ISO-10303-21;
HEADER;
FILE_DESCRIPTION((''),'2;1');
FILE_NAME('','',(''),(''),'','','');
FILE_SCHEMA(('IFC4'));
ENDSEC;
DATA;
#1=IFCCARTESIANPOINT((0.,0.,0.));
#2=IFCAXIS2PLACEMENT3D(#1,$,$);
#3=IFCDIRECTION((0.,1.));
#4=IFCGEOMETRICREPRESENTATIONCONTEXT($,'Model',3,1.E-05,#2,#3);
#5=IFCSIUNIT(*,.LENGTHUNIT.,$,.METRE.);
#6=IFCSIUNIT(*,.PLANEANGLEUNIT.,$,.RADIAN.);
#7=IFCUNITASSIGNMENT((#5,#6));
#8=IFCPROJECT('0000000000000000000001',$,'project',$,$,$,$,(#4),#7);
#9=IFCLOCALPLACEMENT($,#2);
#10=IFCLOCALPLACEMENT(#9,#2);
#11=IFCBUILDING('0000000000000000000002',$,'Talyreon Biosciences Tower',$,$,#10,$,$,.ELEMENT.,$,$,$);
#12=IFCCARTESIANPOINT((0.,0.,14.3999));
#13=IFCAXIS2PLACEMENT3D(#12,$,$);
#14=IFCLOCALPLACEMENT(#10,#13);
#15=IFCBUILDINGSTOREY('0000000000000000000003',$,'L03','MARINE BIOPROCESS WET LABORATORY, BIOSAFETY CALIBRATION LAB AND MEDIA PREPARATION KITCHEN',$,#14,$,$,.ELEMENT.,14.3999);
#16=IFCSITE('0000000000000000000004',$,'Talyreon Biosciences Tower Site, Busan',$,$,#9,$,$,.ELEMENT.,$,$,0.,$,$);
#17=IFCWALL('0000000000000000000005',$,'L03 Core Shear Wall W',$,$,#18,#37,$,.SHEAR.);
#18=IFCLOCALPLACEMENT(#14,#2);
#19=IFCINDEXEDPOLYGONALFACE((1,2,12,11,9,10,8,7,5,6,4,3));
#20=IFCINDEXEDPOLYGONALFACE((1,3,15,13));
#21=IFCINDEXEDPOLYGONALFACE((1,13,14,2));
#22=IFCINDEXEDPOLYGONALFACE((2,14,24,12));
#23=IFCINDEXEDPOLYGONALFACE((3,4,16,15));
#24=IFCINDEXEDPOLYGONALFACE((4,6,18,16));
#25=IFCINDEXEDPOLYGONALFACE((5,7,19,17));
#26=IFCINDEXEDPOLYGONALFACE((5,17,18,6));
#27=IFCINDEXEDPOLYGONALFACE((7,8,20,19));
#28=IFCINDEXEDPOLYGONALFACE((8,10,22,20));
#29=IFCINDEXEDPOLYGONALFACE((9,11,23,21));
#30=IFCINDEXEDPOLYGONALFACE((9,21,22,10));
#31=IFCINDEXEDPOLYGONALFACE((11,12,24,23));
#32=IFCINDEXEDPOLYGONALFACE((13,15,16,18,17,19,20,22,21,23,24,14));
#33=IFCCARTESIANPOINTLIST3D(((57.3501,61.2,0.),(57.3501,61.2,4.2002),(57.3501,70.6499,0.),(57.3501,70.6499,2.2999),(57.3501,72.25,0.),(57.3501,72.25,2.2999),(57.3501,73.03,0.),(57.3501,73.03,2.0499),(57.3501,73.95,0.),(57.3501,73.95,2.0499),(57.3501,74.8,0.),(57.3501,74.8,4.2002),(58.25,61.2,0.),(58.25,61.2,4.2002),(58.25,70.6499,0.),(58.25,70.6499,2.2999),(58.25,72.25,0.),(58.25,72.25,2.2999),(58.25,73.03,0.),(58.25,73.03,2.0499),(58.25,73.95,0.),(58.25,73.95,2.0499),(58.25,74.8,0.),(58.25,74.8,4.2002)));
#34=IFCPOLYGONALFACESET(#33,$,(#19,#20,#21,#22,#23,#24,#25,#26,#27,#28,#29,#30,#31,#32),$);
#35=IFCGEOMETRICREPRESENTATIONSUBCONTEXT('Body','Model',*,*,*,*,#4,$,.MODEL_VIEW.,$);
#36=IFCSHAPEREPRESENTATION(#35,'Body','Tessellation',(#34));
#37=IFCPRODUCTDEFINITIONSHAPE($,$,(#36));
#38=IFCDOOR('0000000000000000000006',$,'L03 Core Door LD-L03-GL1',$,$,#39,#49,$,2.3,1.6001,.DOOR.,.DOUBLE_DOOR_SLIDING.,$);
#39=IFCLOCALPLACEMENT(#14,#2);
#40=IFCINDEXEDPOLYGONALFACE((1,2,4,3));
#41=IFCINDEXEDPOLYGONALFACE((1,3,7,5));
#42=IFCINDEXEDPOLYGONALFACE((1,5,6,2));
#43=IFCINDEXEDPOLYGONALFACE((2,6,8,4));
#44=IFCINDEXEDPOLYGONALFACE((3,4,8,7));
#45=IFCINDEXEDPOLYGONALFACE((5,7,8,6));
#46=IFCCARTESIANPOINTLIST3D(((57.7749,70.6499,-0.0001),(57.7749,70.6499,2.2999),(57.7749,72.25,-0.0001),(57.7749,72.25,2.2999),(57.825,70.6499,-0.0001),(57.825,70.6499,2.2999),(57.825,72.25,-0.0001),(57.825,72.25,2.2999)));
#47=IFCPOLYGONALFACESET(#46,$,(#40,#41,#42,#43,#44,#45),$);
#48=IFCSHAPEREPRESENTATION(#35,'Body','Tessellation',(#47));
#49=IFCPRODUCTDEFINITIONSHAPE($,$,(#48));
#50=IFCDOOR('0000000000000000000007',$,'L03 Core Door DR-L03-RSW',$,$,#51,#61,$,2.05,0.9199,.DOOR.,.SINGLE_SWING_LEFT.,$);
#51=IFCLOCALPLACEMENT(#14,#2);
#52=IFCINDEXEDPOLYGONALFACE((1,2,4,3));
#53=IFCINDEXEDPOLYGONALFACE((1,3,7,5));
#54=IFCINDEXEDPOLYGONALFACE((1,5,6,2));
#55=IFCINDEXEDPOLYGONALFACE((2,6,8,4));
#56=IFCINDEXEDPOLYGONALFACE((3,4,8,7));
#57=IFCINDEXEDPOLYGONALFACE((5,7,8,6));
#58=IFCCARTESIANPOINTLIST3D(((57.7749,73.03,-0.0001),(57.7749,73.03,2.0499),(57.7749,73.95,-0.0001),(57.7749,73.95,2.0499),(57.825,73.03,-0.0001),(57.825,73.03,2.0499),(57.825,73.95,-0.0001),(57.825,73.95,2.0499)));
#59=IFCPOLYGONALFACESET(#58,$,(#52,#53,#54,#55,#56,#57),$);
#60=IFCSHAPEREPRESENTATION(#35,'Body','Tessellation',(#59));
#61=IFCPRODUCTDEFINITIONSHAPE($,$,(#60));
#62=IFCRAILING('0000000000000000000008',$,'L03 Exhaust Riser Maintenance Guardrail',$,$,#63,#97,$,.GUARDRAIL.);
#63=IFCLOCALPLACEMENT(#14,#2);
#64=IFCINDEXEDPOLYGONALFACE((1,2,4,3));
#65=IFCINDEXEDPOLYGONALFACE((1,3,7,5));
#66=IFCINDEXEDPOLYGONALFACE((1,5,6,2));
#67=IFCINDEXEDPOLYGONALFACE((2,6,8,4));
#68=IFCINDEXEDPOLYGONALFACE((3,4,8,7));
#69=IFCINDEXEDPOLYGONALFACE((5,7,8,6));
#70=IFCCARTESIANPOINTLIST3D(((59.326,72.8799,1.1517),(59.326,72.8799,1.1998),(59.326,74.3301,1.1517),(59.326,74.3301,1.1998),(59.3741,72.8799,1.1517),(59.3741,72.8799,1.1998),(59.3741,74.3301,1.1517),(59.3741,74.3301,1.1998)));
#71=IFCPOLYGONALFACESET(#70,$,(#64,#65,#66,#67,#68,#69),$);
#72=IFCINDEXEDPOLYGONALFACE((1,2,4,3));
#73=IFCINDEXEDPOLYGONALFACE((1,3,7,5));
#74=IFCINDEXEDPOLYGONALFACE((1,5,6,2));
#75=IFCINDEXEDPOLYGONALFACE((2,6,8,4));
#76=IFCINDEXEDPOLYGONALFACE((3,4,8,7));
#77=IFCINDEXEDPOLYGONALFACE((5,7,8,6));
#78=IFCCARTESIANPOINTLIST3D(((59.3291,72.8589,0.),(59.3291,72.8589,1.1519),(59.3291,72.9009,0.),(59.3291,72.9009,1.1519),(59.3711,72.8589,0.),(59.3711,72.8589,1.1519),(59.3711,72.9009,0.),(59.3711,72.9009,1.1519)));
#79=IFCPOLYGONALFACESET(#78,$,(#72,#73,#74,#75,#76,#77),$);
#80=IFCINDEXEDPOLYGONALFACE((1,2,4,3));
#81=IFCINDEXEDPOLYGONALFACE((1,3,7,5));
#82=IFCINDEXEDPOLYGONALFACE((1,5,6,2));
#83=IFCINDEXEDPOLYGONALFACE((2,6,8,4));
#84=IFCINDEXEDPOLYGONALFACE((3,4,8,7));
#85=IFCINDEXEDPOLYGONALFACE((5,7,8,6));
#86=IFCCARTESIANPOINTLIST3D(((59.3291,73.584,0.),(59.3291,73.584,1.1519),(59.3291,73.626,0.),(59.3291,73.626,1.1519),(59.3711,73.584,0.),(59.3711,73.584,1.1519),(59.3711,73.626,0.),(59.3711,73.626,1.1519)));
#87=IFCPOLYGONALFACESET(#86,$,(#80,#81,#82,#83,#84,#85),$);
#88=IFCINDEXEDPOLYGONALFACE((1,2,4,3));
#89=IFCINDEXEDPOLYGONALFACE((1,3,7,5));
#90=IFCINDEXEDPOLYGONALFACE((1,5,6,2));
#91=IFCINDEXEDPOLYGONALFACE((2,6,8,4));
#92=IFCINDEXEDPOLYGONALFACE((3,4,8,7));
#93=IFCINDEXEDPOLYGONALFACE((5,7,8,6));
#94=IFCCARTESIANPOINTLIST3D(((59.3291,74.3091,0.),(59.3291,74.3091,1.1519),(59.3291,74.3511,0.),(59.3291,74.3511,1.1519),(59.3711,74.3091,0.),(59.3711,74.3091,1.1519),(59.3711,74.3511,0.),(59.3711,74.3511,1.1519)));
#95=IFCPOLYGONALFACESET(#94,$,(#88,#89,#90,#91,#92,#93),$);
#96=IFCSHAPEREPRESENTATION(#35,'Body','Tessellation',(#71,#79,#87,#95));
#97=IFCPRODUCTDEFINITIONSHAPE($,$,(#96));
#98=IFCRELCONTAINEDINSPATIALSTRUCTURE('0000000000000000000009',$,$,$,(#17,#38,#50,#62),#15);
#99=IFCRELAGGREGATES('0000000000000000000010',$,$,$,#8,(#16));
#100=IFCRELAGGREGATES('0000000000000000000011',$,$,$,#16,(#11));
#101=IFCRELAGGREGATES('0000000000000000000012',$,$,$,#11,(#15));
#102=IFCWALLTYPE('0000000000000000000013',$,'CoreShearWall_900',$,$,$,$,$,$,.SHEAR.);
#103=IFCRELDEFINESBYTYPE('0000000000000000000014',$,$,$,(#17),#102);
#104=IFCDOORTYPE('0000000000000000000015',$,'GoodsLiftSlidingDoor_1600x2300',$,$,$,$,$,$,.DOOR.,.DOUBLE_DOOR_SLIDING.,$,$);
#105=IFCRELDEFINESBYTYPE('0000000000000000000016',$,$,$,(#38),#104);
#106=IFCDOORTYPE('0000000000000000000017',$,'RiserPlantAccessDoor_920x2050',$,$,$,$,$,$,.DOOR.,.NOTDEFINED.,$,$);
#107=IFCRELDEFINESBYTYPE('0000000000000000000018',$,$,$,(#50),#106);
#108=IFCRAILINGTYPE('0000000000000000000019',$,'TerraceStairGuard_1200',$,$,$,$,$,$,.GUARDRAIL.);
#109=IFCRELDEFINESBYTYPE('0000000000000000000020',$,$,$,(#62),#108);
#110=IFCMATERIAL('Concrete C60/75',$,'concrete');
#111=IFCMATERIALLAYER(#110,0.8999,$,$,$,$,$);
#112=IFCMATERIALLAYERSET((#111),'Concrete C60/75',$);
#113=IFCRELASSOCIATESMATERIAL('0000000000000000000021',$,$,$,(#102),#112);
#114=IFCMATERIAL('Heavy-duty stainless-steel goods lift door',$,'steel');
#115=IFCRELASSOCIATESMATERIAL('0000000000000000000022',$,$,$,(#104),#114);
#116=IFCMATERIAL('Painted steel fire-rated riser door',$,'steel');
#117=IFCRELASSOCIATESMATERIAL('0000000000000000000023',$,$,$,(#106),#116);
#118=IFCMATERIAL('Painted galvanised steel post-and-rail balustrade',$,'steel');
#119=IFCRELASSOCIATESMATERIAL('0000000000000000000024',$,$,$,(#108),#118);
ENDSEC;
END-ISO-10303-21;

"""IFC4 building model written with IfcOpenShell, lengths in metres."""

from ifc_helpers import new_model, si_unit, direction, frame, frame_2d, origin, origin_2d, place, context, subcontext, project, spatial, rectangle, extrude, material, layer, layer_set, type_object, element, fill, save


model = new_model("IFC4")

# Units and contexts
model_context = context("Model", 3, precision=1e-05, world=origin(), true_north=direction((0.0, 1.0)))
body_context = subcontext(model_context, "Body", "Model", "MODEL_VIEW")
ifc_project = project(units=[si_unit("LENGTHUNIT", "METRE"), si_unit("PLANEANGLEUNIT", "RADIAN")], contexts=[model_context])

# Site, building, storey
site_placement = place(None, origin())
site = spatial("IfcSite", under=ifc_project, at=site_placement, Name="Talyreon Biosciences Tower Site, Busan", CompositionType="ELEMENT", RefElevation=0.0)
building_placement = place(site_placement, origin())
building = spatial("IfcBuilding", under=site, at=building_placement, Name="Talyreon Biosciences Tower", CompositionType="ELEMENT")
storey_placement = place(building_placement, frame((0.0, 0.0, 14.3999)))
storey = spatial("IfcBuildingStorey", under=building, at=storey_placement, Name="L03", Description="MARINE BIOPROCESS WET LABORATORY, BIOSAFETY CALIBRATION LAB AND MEDIA PREPARATION KITCHEN", CompositionType="ELEMENT", Elevation=14.3999)

# Shared definitions
ifc_material_1 = material(Name="Concrete C60/75", Category="concrete")

# Wall, openings, doors
ifc_layer = layer(ifc_material_1, 0.8999)
ifc_layer_set = layer_set([ifc_layer], Name="Concrete C60/75")
wall_type = type_object("IfcWallType", Name="CoreShearWall_900", PredefinedType="SHEAR", material=ifc_layer_set)
wall_placement = place(storey_placement, frame((57.8, 74.8, 0.0), z_axis=(0.0, 0.0, 1.0), x_axis=(0.0, -1.0, 0.0)))
wall = element("IfcWall", 1, at=wall_placement, inside=storey, type_object=wall_type, Name="L03 Core Shear Wall W", PredefinedType="SHEAR", context=body_context, shape_type="SweptSolid", body=[
    extrude(rectangle(XDim=13.6001, YDim=0.8999, at=frame_2d((6.8, 0.0))), origin(), (0.0, 0.0, 1.0), 4.2002),
])
opening_1_placement = place(wall_placement, frame((0.8501, 0.0, 0.0)))
opening_1 = element("IfcOpeningElement", 2, at=opening_1_placement, cuts=wall, PredefinedType="OPENING", context=body_context, shape_type="SweptSolid", body=[
    extrude(rectangle(XDim=0.9199, YDim=2.05, at=frame_2d((0.46, 1.0249))), frame((0.0, 0.46, 0.0), z_axis=(0.0, -1.0, 0.0), x_axis=(1.0, 0.0, 0.0)), (0.0, 0.0, 1.0), 0.9199),
])
opening_2_placement = place(wall_placement, frame((2.55, 0.0, 0.0)))
opening_2 = element("IfcOpeningElement", 3, at=opening_2_placement, cuts=wall, PredefinedType="OPENING", context=body_context, shape_type="SweptSolid", body=[
    extrude(rectangle(XDim=1.6001, YDim=2.3, at=frame_2d((0.8, 1.1499))), frame((0.0, 0.46, 0.0), z_axis=(0.0, -1.0, 0.0), x_axis=(1.0, 0.0, 0.0)), (0.0, 0.0, 1.0), 0.9199),
])
ifc_material_2 = material(Name="Heavy-duty stainless-steel goods lift door", Category="steel")
door_type_1 = type_object("IfcDoorType", Name="GoodsLiftSlidingDoor_1600x2300", OperationType="DOUBLE_DOOR_SLIDING", PredefinedType="DOOR", material=ifc_material_2)
door_1_placement = place(opening_2_placement, origin())
door_1 = element("IfcDoor", 4, at=door_1_placement, inside=storey, type_object=door_type_1, Name="L03 Core Door LD-L03-GL1", OperationType="DOUBLE_DOOR_SLIDING", OverallHeight=2.3, OverallWidth=1.6001, PredefinedType="DOOR", context=body_context, shape_type="SweptSolid", body=[
    extrude(rectangle(XDim=1.6001, YDim=2.3, at=frame_2d((0.8, 1.1499))), frame((0.0, 0.0249, 0.0), z_axis=(0.0, -1.0, 0.0), x_axis=(1.0, 0.0, 0.0)), (0.0, 0.0, 1.0), 0.05),
])
fill(opening_2, door_1)
ifc_material_3 = material(Name="Painted steel fire-rated riser door", Category="steel")
door_type_2 = type_object("IfcDoorType", Name="RiserPlantAccessDoor_920x2050", OperationType="NOTDEFINED", PredefinedType="DOOR", material=ifc_material_3)
door_2_placement = place(opening_1_placement, origin())
door_2 = element("IfcDoor", 5, at=door_2_placement, inside=storey, type_object=door_type_2, Name="L03 Core Door DR-L03-RSW", OperationType="SINGLE_SWING_LEFT", OverallHeight=2.05, OverallWidth=0.9199, PredefinedType="DOOR", context=body_context, shape_type="SweptSolid", body=[
    extrude(rectangle(XDim=0.9199, YDim=2.05, at=frame_2d((0.46, 1.0249))), frame((0.0, 0.0249, 0.0), z_axis=(0.0, -1.0, 0.0), x_axis=(1.0, 0.0, 0.0)), (0.0, 0.0, 1.0), 0.05),
])
fill(opening_1, door_2)

# Railing
ifc_material_4 = material(Name="Painted galvanised steel post-and-rail balustrade", Category="steel")
railing_type = type_object("IfcRailingType", Name="TerraceStairGuard_1200", PredefinedType="GUARDRAIL", material=ifc_material_4)
railing_placement = place(storey_placement, frame((59.3501, 72.8799, 0.0)))
element("IfcRailing", 6, at=railing_placement, inside=storey, type_object=railing_type, Name="L03 Exhaust Riser Maintenance Guardrail", PredefinedType="GUARDRAIL", context=body_context, shape_type="SweptSolid", body=[
    extrude(rectangle(XDim=0.0481, YDim=0.0481, at=origin_2d()), frame((0.0, 0.0, 1.1758), z_axis=(0.0, 1.0, 0.0), x_axis=(-1.0, 0.0, 0.0)), (0.0, 0.0, 1.0), 1.4502),
    extrude(rectangle(XDim=0.042, YDim=0.042, at=origin_2d()), origin(), (0.0, 0.0, 1.0), 1.1519),
    extrude(rectangle(XDim=0.042, YDim=0.042, at=origin_2d()), frame((0.0, 0.7251, 0.0)), (0.0, 0.0, 1.0), 1.1519),
    extrude(rectangle(XDim=0.042, YDim=0.042, at=origin_2d()), frame((0.0, 1.4502, 0.0)), (0.0, 0.0, 1.0), 1.1519),
])

save(model, "model.ifc")
